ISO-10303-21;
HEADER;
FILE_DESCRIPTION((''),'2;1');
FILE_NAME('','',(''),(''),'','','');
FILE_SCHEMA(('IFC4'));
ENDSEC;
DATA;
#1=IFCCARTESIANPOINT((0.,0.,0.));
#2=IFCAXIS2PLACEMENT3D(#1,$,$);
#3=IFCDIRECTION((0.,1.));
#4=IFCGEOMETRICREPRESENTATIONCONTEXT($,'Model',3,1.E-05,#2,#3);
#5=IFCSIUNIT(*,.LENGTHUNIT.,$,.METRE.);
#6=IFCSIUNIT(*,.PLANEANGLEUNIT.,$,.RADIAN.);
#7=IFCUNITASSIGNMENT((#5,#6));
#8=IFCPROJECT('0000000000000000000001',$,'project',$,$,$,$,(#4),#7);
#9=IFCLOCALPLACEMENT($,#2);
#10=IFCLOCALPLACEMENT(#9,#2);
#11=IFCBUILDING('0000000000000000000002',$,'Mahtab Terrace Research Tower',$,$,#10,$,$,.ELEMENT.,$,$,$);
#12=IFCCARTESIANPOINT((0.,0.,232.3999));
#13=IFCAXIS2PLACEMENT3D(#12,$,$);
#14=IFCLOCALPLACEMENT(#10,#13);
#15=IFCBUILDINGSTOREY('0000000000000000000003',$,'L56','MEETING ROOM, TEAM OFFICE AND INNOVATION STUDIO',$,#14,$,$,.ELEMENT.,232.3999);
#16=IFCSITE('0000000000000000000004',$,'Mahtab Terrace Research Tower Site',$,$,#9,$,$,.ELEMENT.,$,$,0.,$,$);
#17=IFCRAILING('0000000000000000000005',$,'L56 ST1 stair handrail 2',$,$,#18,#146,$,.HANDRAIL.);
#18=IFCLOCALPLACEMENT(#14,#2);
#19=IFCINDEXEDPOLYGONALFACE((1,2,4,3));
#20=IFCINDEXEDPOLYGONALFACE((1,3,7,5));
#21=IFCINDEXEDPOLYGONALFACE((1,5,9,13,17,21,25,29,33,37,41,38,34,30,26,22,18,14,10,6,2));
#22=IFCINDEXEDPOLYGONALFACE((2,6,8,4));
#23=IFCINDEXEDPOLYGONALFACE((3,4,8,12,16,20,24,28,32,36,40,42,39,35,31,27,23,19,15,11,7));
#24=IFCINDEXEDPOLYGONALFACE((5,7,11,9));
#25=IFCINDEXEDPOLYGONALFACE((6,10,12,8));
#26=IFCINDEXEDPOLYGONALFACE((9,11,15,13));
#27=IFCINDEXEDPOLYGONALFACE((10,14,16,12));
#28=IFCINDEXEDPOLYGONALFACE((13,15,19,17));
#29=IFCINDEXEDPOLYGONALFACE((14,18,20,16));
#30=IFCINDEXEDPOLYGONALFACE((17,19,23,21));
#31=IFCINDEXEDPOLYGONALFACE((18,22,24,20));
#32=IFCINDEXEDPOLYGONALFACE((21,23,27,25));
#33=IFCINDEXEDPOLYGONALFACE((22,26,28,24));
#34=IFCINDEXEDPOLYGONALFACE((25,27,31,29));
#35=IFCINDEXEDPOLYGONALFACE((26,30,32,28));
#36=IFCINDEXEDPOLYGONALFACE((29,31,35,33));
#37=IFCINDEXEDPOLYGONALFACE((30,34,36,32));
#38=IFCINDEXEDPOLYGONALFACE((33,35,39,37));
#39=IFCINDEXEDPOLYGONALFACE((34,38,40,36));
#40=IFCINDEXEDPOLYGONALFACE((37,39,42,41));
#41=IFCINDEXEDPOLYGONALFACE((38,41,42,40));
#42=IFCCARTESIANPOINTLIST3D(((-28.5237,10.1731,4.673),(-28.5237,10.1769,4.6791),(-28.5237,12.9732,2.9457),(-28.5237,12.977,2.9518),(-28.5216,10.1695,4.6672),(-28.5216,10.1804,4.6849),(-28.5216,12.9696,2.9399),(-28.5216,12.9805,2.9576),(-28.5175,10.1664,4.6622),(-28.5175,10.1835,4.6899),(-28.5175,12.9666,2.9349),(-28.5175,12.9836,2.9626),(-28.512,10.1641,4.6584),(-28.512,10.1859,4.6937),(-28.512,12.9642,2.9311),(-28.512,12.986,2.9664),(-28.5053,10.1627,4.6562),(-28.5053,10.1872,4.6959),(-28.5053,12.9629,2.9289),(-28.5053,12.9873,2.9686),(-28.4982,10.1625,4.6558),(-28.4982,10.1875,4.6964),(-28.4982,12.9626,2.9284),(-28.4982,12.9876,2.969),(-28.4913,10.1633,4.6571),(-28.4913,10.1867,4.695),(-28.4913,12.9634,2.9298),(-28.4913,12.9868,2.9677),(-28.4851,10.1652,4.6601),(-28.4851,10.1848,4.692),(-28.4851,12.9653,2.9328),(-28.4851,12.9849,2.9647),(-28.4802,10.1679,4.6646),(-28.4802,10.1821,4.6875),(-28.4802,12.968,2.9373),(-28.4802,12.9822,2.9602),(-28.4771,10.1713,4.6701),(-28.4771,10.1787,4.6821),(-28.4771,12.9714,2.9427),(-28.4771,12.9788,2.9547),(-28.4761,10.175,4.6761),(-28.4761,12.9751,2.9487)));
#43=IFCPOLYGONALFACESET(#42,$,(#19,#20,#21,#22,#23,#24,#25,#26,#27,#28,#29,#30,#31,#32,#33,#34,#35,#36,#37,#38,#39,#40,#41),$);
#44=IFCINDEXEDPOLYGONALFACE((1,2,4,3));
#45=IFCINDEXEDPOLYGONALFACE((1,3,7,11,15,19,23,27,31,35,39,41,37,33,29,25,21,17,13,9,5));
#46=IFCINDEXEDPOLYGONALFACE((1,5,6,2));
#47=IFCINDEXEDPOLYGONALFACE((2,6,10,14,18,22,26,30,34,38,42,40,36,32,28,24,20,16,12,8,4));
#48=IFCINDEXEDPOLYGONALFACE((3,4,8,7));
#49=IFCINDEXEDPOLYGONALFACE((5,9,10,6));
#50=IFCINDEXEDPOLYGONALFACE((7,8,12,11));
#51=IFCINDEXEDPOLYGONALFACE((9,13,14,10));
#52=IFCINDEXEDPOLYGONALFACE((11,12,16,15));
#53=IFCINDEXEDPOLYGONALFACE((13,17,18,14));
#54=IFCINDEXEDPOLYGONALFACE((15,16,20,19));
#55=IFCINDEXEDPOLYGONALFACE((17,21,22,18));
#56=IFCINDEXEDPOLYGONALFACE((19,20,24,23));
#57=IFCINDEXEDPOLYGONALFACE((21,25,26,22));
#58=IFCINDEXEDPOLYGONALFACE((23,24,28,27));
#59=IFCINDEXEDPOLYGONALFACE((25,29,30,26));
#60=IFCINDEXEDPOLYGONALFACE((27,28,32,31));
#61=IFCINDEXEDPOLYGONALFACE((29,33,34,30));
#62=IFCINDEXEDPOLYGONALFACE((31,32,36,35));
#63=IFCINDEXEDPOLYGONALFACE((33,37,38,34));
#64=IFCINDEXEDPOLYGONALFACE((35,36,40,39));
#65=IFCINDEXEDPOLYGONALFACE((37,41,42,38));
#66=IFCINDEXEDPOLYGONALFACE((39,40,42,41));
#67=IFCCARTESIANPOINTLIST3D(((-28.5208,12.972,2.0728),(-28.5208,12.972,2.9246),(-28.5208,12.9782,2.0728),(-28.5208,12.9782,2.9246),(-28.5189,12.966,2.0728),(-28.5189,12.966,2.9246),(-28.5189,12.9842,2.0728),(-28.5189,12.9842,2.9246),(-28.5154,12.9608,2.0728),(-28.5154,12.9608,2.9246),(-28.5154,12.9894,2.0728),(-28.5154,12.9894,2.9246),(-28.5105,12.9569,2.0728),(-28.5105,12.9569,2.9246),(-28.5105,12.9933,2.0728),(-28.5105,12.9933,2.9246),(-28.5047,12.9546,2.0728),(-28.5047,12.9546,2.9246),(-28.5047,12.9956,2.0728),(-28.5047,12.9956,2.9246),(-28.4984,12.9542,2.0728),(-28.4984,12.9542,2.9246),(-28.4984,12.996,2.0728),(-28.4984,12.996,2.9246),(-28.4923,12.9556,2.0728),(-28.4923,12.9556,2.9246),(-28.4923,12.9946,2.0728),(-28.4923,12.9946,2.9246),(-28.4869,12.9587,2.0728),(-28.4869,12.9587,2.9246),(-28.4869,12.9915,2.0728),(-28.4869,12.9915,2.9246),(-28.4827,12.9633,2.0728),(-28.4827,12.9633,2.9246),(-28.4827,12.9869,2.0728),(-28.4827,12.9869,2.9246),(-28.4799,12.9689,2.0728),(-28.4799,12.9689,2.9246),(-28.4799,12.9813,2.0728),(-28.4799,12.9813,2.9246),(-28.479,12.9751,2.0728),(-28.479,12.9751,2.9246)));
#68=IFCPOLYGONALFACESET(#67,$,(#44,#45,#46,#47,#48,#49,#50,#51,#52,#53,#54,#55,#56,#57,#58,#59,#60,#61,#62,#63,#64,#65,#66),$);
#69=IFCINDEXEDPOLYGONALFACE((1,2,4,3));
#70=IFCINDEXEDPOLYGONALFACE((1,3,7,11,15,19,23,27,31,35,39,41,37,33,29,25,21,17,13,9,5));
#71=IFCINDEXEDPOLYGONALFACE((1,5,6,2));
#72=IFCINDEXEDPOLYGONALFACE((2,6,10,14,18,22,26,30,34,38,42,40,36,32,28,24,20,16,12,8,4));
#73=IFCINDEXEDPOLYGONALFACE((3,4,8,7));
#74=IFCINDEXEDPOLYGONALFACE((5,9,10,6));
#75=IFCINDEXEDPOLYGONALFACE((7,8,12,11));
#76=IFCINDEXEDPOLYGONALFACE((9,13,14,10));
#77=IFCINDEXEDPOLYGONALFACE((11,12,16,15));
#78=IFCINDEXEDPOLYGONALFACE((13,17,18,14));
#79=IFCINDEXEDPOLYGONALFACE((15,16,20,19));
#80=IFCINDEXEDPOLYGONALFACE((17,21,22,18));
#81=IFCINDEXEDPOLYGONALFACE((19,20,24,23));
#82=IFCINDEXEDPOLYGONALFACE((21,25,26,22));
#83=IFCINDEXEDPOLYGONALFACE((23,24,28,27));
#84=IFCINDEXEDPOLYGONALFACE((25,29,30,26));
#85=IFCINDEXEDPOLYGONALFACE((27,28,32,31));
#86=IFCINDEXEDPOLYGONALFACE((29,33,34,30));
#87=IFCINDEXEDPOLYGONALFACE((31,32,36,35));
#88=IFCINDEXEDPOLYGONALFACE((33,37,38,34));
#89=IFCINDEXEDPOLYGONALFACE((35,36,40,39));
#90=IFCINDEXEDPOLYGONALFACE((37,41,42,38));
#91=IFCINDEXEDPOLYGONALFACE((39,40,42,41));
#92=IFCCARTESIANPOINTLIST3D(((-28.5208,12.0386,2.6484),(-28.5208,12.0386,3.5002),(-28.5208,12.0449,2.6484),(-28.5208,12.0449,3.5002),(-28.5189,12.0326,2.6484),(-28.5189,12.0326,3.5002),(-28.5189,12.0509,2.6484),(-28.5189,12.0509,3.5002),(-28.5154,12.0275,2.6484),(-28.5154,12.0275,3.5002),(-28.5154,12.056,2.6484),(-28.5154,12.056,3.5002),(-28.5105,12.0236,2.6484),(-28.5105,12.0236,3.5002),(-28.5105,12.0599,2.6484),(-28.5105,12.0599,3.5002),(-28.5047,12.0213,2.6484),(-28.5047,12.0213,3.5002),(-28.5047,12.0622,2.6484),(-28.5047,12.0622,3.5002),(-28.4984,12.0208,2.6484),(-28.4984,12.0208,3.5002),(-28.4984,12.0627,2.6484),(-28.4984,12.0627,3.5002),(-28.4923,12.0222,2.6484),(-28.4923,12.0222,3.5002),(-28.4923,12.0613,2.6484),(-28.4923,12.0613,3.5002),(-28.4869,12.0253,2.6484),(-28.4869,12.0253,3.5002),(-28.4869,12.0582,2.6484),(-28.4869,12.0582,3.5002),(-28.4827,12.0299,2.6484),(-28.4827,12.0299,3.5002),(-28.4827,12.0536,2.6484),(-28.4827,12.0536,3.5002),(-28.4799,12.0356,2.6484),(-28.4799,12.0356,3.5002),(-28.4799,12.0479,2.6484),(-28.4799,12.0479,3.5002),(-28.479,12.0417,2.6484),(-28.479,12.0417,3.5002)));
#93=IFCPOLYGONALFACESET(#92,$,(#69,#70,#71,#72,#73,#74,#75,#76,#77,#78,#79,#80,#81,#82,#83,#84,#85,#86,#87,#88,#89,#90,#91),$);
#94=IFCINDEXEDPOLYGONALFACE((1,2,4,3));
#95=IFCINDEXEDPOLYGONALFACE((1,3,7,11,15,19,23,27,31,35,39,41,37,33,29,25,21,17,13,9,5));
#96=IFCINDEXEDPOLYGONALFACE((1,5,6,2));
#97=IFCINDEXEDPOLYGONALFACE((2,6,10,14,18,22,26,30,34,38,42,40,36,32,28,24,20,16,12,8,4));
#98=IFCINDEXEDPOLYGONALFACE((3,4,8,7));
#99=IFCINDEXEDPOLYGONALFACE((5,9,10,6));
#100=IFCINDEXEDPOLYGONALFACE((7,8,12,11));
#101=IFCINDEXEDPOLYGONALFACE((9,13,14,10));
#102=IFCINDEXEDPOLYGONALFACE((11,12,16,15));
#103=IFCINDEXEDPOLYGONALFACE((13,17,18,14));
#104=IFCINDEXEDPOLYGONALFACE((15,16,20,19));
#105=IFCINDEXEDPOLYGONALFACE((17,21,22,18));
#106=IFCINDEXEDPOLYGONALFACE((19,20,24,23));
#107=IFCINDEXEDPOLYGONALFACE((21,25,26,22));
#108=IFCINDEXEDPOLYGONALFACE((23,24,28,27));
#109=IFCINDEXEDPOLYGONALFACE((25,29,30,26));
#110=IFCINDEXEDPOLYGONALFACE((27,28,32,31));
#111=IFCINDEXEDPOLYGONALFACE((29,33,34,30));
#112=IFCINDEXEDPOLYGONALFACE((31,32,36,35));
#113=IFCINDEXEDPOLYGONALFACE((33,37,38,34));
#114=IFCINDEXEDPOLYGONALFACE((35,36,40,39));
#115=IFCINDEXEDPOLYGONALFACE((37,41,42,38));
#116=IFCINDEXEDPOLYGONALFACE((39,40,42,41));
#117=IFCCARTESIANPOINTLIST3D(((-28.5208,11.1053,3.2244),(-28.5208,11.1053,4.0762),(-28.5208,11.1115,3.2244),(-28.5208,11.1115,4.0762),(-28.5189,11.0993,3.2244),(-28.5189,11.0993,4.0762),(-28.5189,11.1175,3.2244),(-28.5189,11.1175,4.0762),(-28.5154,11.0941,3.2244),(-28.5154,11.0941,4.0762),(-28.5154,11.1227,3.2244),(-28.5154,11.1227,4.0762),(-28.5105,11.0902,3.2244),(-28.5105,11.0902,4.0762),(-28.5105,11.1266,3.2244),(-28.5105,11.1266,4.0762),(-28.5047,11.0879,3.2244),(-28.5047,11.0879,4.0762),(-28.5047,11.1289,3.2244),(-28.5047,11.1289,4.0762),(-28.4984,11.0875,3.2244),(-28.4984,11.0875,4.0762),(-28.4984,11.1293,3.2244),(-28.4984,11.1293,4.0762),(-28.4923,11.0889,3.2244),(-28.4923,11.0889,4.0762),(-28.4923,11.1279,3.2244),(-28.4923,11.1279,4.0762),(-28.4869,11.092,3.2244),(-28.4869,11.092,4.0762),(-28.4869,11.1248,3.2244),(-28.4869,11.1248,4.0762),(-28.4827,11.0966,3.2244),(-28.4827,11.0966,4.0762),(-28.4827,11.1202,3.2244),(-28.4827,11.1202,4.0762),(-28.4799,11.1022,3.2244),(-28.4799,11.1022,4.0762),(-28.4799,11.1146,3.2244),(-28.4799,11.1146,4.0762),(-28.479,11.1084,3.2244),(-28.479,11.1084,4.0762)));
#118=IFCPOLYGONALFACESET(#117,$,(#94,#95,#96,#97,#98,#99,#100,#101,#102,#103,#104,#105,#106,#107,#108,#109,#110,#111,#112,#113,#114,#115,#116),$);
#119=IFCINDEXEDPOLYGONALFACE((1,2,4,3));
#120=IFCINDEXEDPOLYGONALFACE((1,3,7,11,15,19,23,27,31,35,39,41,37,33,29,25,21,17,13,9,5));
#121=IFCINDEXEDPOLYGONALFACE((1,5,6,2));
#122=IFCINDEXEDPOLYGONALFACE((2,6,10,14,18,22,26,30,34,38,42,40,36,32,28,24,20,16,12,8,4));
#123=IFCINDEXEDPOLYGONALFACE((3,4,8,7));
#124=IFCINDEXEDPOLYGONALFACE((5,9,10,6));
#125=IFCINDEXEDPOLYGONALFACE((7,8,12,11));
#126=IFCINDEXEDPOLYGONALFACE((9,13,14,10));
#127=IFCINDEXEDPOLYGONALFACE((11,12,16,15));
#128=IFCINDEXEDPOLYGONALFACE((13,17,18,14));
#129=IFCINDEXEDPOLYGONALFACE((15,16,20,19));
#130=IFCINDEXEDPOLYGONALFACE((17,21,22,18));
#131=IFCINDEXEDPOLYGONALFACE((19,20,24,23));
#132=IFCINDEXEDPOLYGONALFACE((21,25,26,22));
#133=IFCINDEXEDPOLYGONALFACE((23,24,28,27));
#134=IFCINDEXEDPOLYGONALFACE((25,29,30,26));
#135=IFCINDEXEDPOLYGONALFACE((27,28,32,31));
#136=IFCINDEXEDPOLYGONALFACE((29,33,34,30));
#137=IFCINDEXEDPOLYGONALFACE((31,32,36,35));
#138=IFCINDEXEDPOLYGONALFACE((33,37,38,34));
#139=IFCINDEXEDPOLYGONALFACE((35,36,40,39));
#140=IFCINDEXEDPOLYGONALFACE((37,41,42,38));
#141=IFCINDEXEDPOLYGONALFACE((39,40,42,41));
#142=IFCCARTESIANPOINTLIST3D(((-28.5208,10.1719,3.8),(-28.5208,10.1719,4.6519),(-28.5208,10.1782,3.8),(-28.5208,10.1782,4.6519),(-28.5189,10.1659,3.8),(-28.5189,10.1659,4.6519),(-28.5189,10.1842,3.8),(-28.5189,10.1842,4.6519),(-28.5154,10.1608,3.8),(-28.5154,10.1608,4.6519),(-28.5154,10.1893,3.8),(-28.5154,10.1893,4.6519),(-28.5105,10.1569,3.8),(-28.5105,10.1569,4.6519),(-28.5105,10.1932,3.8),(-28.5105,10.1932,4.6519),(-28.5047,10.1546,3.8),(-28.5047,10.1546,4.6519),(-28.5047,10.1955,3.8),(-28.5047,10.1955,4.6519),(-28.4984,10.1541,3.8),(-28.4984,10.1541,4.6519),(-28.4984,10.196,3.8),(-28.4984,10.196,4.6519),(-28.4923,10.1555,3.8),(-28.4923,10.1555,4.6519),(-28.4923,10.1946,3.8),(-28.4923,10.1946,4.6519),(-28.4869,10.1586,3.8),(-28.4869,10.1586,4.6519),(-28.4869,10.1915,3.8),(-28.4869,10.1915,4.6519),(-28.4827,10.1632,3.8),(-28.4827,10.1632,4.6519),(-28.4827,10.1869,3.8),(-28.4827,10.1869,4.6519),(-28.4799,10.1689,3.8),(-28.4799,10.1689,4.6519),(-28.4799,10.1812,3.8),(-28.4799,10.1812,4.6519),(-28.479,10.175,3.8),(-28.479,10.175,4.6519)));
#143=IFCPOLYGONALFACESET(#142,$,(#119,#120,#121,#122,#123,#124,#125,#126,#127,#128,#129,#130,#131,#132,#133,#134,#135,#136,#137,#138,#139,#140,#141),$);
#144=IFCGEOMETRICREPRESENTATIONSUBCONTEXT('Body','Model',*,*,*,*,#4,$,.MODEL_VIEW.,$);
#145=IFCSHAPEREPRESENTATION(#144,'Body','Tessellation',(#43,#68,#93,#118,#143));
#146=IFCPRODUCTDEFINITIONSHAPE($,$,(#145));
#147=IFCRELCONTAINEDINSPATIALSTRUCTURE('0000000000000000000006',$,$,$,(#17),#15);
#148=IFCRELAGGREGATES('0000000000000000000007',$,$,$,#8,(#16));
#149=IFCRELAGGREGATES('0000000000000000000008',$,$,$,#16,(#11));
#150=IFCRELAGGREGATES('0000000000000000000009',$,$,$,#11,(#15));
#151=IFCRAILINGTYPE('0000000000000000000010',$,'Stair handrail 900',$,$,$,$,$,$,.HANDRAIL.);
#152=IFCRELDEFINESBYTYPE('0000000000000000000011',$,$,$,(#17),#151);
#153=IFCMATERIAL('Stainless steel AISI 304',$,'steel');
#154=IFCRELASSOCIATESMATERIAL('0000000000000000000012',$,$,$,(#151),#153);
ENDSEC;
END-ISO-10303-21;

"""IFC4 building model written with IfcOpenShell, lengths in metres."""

from ifc_helpers import new_model, si_unit, direction, frame, origin, origin_2d, place, context, subcontext, project, spatial, circle, extrude, material, type_object, element, save


model = new_model("IFC4")

# Units and contexts
model_context = context("Model", 3, precision=1e-05, world=origin(), true_north=direction((0.0, 1.0)))
body_context = subcontext(model_context, "Body", "Model", "MODEL_VIEW")
ifc_project = project(units=[si_unit("LENGTHUNIT", "METRE"), si_unit("PLANEANGLEUNIT", "RADIAN")], contexts=[model_context])

# Site, building, storey
site_placement = place(None, origin())
site = spatial("IfcSite", under=ifc_project, at=site_placement, Name="Mahtab Terrace Research Tower Site", CompositionType="ELEMENT", RefElevation=0.0)
building_placement = place(site_placement, origin())
building = spatial("IfcBuilding", under=site, at=building_placement, Name="Mahtab Terrace Research Tower", CompositionType="ELEMENT")
storey_placement = place(building_placement, frame((0.0, 0.0, 232.3999)))
storey = spatial("IfcBuildingStorey", under=building, at=storey_placement, Name="L56", Description="MEETING ROOM, TEAM OFFICE AND INNOVATION STUDIO", CompositionType="ELEMENT", Elevation=232.3999)

# Railing
ifc_material_1 = material(Name="Stainless steel AISI 304", Category="steel")
railing_type_1 = type_object("IfcRailingType", Name="Stair handrail 900", PredefinedType="HANDRAIL", material=ifc_material_1)
railing_1_placement = place(storey_placement, frame((-28.5, 12.9751, 2.0728)))
element("IfcRailing", 1, at=railing_1_placement, inside=storey, type_object=railing_type_1, Name="L56 ST1 stair handrail 2", PredefinedType="HANDRAIL", context=body_context, shape_type="SweptSolid", body=[
    extrude(circle(Radius=0.0239, at=origin_2d()), frame((0.0, 0.0, 0.876), z_axis=(0.0, -0.85109, 0.52502), x_axis=(1.0, 0.0, 0.0)), (0.0, 0.0, 1.0), 3.29),
    extrude(circle(Radius=0.021, at=origin_2d()), origin(), (0.0, 0.0, 1.0), 0.8518),
    extrude(circle(Radius=0.021, at=origin_2d()), frame((0.0, -0.9333, 0.5757)), (0.0, 0.0, 1.0), 0.8518),
    extrude(circle(Radius=0.021, at=origin_2d()), frame((0.0, -1.8667, 1.1516)), (0.0, 0.0, 1.0), 0.8518),
    extrude(circle(Radius=0.021, at=origin_2d()), frame((0.0, -2.8, 1.7273)), (0.0, 0.0, 1.0), 0.8518),
])

save(model, "model.ifc")
